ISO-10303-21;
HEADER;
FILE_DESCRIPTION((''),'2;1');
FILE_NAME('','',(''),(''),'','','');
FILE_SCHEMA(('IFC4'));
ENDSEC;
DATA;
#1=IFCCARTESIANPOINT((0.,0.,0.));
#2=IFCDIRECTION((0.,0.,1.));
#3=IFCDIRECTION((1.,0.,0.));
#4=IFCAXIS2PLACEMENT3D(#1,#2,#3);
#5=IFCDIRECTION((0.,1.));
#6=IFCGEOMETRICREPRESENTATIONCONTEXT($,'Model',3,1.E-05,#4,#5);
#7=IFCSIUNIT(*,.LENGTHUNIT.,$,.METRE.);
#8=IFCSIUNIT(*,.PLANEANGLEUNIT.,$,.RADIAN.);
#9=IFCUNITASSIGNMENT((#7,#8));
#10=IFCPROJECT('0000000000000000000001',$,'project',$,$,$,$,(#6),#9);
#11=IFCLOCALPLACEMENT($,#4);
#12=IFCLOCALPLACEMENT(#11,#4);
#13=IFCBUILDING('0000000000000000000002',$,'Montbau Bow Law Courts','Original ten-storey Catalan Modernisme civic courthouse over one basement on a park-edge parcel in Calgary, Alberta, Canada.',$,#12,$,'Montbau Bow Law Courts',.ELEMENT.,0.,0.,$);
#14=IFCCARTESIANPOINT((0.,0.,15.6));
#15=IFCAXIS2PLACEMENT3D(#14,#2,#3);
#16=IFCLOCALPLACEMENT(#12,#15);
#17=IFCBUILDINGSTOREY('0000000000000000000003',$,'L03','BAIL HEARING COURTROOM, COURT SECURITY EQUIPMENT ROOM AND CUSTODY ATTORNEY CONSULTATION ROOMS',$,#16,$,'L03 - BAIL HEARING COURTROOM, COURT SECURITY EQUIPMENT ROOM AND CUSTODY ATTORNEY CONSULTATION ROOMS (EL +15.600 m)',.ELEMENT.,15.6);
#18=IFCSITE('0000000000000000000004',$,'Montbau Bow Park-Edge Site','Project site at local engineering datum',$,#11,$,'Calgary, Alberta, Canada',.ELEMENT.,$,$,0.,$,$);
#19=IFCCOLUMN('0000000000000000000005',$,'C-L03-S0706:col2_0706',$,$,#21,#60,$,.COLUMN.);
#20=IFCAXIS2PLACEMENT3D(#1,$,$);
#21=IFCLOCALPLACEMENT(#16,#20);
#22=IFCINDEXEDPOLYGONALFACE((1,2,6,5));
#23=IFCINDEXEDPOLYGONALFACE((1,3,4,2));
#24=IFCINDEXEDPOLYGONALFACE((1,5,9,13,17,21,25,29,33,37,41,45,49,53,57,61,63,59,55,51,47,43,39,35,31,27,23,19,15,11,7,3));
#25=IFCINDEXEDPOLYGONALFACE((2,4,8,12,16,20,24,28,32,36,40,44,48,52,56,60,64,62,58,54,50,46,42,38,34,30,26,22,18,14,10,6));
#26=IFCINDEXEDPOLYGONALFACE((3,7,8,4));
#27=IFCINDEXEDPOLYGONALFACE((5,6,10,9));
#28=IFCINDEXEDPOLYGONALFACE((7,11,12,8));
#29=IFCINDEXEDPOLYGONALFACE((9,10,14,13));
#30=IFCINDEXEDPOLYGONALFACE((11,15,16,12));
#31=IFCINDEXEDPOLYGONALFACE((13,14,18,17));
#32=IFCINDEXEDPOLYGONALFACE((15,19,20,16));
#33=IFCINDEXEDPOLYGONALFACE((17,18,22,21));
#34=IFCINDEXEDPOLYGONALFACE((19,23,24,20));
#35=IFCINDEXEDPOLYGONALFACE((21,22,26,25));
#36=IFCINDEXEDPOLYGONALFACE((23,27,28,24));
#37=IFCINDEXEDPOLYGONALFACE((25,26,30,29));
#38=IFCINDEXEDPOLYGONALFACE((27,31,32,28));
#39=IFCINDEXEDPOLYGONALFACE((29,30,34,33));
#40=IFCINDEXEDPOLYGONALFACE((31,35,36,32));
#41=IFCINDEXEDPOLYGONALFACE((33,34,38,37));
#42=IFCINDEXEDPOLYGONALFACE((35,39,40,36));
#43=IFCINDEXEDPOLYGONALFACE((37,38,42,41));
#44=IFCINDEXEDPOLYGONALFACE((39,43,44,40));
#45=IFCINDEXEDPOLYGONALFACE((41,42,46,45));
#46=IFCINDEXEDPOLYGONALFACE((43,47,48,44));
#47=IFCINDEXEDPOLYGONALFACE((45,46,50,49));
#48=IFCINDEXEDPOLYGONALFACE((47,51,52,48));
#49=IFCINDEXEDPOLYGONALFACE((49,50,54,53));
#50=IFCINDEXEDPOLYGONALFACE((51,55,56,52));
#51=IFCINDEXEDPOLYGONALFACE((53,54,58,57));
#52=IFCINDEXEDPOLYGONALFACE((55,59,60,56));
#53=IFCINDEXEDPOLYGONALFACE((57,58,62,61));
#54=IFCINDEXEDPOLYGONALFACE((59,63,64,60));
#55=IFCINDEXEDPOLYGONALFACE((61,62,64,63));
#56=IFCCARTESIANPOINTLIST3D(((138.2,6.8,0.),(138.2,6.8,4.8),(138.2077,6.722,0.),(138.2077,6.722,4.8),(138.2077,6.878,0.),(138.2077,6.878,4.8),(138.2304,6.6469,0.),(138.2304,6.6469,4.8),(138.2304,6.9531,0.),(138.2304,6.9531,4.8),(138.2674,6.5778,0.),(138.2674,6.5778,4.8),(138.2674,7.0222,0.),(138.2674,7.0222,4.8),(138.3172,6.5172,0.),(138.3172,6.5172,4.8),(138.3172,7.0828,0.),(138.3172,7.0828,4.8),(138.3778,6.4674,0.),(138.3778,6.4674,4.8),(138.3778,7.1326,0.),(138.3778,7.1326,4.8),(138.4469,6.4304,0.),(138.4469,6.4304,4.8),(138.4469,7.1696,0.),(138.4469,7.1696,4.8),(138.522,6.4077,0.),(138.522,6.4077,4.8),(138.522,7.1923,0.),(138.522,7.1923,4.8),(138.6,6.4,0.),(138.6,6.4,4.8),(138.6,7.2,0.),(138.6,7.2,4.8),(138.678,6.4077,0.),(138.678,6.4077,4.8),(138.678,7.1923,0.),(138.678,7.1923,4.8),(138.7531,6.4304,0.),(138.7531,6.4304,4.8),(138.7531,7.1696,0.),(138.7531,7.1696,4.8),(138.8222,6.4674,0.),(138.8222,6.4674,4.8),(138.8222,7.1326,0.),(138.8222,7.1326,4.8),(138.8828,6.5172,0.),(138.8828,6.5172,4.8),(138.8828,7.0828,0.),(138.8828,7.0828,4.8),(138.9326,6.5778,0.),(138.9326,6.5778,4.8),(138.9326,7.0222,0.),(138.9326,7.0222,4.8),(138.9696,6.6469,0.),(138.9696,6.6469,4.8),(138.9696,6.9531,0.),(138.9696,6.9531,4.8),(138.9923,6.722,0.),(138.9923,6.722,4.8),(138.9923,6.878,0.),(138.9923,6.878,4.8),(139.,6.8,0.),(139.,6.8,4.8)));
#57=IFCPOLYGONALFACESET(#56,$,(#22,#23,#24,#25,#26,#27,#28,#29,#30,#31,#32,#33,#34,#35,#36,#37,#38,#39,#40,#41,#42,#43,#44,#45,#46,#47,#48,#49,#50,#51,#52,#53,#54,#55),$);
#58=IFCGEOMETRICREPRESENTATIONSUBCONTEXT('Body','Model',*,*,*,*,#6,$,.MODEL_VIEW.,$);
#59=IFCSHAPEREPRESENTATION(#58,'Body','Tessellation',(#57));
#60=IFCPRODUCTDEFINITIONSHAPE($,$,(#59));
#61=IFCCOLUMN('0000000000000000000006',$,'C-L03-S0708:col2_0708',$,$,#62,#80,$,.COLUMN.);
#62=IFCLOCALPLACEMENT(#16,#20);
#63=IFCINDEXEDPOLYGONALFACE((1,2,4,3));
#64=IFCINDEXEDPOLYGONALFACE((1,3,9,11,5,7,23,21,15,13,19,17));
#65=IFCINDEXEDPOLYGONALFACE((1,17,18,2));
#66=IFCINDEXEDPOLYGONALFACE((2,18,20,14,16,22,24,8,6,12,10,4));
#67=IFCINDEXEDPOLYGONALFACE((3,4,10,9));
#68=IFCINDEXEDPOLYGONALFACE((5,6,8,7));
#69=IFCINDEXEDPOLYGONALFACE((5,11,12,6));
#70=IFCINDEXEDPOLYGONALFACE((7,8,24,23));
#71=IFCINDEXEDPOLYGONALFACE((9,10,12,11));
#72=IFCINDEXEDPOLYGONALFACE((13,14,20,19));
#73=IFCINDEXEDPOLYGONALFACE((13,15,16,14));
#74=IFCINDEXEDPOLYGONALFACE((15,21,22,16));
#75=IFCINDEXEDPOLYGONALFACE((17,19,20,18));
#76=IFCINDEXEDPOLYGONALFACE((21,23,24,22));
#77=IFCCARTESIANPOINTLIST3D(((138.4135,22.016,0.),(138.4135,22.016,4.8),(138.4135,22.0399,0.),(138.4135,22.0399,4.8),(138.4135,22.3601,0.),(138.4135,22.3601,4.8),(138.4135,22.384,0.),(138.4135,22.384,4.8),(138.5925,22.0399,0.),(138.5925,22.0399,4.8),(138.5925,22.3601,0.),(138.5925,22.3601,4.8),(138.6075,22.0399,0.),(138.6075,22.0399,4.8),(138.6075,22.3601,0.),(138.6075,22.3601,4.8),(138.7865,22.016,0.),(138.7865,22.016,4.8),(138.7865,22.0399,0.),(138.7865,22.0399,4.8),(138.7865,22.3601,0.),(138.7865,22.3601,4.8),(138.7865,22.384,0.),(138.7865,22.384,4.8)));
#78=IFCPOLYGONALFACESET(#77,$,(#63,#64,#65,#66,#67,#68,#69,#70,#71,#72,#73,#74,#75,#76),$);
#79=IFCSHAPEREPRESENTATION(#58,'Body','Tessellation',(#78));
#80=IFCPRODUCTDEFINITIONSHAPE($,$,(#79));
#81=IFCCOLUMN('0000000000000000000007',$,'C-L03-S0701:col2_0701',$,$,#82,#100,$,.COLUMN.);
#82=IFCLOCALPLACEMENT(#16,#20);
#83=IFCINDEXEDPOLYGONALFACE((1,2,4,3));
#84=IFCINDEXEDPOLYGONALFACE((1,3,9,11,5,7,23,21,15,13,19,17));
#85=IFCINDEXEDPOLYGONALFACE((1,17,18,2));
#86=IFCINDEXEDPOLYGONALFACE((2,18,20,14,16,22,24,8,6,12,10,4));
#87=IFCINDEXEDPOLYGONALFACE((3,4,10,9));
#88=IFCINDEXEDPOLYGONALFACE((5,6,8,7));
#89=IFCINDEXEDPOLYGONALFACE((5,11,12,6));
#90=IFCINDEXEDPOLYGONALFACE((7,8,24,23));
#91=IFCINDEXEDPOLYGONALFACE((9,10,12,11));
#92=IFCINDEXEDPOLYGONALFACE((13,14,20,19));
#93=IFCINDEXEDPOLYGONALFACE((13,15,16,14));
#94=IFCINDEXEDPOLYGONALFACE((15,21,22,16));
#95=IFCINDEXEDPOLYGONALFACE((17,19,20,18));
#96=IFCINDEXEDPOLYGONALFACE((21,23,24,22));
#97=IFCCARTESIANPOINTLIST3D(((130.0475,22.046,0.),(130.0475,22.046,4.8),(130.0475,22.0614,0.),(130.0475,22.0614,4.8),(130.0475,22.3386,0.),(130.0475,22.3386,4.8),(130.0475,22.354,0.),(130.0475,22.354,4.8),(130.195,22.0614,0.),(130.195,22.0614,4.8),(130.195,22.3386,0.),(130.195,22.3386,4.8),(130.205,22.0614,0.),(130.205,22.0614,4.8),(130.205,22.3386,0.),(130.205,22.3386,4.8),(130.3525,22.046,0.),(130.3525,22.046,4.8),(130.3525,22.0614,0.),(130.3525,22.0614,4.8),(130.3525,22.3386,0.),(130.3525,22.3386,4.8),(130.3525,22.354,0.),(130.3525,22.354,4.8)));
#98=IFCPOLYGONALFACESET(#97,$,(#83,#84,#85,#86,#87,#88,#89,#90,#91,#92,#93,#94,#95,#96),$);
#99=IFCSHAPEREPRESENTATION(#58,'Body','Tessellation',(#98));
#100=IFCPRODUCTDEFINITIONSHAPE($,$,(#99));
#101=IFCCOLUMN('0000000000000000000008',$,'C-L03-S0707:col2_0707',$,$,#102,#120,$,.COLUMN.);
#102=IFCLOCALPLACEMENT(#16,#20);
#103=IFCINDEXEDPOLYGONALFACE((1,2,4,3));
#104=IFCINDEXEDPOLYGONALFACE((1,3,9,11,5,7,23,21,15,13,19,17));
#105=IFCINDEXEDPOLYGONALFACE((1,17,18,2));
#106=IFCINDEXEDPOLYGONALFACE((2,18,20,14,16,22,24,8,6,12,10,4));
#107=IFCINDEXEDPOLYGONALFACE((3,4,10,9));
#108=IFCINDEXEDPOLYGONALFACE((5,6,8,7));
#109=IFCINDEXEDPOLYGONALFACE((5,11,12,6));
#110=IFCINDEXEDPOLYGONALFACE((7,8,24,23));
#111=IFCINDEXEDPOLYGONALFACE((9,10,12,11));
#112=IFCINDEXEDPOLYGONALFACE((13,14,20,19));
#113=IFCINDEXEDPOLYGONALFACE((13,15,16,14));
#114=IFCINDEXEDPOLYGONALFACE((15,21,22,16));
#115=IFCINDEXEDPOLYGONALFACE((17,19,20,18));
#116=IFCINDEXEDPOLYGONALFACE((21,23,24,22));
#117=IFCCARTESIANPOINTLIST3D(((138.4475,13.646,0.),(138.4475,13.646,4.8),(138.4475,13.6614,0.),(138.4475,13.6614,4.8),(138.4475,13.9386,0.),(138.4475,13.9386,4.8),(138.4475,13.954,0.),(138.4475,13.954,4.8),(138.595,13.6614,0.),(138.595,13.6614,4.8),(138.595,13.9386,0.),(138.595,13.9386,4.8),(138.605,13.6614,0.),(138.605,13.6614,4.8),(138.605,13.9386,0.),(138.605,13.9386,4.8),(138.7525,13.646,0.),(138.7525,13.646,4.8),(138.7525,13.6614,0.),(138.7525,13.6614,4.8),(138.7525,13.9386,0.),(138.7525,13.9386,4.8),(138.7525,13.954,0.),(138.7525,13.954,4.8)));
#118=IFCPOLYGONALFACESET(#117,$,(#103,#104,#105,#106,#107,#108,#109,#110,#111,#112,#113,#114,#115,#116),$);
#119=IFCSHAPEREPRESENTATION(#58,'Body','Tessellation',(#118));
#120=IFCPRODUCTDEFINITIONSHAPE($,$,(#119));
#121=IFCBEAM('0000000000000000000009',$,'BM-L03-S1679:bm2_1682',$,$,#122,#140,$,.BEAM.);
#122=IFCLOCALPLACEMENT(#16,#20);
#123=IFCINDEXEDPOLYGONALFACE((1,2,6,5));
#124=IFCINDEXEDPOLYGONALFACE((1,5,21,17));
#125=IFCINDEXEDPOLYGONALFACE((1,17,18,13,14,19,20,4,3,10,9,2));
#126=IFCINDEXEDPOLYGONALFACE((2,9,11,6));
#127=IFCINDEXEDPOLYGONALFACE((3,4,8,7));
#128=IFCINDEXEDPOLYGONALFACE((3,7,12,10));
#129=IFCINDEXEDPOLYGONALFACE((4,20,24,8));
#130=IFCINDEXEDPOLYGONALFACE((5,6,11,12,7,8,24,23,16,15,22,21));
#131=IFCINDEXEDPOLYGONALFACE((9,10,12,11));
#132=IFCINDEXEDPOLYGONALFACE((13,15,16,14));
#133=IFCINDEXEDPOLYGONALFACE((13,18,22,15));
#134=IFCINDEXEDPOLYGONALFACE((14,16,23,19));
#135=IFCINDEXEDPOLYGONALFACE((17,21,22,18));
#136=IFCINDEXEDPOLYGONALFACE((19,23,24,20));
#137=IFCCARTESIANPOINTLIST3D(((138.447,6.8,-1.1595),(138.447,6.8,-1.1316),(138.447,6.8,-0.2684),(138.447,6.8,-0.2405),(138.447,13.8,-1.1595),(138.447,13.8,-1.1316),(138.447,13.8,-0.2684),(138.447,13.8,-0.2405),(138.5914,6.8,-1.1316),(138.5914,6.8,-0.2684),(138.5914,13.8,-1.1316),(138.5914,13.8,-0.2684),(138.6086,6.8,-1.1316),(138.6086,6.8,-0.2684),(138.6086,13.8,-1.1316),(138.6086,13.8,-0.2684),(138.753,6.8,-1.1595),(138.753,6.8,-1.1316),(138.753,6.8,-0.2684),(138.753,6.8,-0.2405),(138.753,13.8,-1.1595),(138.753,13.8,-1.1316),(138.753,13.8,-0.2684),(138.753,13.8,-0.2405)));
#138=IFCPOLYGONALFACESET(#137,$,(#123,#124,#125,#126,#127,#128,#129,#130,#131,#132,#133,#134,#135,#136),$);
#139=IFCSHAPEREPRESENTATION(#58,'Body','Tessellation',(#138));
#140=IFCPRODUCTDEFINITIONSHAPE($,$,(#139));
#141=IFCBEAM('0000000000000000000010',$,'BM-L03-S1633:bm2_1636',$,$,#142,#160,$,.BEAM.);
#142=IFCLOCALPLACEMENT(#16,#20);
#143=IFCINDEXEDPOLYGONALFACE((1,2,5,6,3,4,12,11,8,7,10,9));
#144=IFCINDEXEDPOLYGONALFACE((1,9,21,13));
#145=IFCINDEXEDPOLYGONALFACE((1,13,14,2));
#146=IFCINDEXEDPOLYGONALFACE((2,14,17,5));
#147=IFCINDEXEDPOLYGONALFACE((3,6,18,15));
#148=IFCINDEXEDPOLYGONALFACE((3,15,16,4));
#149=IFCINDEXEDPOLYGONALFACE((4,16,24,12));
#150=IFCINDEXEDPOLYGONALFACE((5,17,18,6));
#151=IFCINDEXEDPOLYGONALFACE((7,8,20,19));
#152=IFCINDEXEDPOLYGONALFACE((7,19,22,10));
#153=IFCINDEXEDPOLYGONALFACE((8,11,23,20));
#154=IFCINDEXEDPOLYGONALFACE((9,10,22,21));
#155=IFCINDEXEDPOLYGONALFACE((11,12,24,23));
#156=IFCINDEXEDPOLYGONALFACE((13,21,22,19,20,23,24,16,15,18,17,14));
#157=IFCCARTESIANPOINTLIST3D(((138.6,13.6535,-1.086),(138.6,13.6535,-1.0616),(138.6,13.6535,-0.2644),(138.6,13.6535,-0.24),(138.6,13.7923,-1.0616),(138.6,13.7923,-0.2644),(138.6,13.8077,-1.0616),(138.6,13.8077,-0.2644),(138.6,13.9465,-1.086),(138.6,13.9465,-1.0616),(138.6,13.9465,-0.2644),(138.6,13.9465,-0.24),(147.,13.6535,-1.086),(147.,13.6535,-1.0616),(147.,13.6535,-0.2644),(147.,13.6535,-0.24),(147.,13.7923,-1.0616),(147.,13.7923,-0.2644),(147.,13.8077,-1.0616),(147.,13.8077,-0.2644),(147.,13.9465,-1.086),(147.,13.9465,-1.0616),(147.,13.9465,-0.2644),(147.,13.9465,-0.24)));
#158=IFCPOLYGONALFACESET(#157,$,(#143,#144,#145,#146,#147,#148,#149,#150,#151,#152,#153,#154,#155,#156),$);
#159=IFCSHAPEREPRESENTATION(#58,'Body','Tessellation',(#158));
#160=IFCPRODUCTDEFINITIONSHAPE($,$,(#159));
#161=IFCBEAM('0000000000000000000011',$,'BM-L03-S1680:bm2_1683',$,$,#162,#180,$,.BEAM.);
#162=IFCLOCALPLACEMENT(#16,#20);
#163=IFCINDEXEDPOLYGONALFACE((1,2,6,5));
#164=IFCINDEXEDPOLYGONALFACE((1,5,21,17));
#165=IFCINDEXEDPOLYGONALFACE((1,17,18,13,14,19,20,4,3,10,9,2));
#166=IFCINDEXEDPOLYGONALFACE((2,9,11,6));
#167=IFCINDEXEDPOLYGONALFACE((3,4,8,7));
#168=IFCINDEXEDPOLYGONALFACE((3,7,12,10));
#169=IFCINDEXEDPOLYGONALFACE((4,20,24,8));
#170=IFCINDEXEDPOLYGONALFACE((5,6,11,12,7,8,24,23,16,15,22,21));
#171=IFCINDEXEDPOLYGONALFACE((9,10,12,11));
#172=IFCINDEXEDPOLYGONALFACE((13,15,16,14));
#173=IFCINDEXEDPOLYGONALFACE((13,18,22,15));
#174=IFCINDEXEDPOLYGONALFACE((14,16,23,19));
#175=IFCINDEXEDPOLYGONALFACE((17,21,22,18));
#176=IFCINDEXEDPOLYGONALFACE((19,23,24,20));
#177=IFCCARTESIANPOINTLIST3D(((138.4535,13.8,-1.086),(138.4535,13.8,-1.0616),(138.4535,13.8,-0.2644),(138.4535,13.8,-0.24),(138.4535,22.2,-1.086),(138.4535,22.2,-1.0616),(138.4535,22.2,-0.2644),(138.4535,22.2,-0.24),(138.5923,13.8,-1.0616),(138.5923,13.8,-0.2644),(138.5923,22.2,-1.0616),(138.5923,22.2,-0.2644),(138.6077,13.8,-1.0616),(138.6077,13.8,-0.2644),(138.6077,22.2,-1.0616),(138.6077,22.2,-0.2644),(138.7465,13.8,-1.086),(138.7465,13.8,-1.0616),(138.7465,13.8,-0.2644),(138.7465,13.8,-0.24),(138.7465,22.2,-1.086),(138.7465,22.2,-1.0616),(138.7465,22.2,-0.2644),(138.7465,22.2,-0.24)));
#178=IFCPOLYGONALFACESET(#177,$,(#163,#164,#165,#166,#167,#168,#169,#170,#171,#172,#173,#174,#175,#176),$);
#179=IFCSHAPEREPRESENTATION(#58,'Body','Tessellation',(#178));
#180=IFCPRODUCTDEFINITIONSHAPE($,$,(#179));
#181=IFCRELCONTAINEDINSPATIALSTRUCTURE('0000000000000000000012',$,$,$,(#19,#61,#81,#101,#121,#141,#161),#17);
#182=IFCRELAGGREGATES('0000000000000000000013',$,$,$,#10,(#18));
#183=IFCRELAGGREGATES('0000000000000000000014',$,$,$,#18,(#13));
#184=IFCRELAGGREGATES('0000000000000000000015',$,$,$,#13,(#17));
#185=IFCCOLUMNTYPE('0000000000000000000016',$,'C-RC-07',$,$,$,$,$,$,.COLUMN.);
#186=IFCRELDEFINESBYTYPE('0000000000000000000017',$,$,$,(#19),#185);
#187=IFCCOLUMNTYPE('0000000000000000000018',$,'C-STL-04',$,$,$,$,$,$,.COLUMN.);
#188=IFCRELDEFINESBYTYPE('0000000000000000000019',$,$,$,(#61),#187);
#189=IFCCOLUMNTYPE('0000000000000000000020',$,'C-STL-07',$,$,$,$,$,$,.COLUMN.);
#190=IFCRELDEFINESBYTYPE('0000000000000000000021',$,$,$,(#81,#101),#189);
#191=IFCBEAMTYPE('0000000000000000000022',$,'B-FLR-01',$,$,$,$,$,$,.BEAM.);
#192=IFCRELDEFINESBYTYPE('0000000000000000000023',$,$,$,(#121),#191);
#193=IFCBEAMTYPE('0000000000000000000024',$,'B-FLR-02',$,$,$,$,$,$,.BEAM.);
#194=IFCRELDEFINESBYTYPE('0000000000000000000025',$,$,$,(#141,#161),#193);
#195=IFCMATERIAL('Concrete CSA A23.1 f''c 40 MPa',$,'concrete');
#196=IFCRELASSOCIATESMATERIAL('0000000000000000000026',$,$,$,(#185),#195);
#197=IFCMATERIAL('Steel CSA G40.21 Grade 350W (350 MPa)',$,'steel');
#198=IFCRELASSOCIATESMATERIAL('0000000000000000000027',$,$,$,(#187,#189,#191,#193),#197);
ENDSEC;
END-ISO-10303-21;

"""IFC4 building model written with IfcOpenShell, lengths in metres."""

from ifc_helpers import new_model, si_unit, direction, frame, origin_with_axes, origin_2d_with_axis, place, context, subcontext, project, spatial, circle, i_section, extrude, material, material_profile, profile_set, type_object, element, save


model = new_model("IFC4")

# Units and contexts
model_context = context("Model", 3, precision=1e-05, world=origin_with_axes(), true_north=direction((0.0, 1.0)))
body_context = subcontext(model_context, "Body", "Model", "MODEL_VIEW")
ifc_project = project(units=[si_unit("LENGTHUNIT", "METRE"), si_unit("PLANEANGLEUNIT", "RADIAN")], contexts=[model_context])

# Site, building, storey
site_placement = place(None, origin_with_axes())
site = spatial("IfcSite", under=ifc_project, at=site_placement, Name="Montbau Bow Park-Edge Site", Description="Project site at local engineering datum", LongName="Calgary, Alberta, Canada", CompositionType="ELEMENT", RefElevation=0.0)
building_placement = place(site_placement, origin_with_axes())
building = spatial("IfcBuilding", under=site, at=building_placement, Name="Montbau Bow Law Courts", Description="Original ten-storey Catalan Modernisme civic courthouse over one basement on a park-edge parcel in Calgary, Alberta, Canada.", LongName="Montbau Bow Law Courts", CompositionType="ELEMENT", ElevationOfRefHeight=0.0, ElevationOfTerrain=0.0)
storey_placement = place(building_placement, frame((0.0, 0.0, 15.6), z_axis=(0.0, 0.0, 1.0), x_axis=(1.0, 0.0, 0.0)))
storey = spatial("IfcBuildingStorey", under=building, at=storey_placement, Name="L03", Description="BAIL HEARING COURTROOM, COURT SECURITY EQUIPMENT ROOM AND CUSTODY ATTORNEY CONSULTATION ROOMS", LongName="L03 - BAIL HEARING COURTROOM, COURT SECURITY EQUIPMENT ROOM AND CUSTODY ATTORNEY CONSULTATION ROOMS (EL +15.600 m)", CompositionType="ELEMENT", Elevation=15.6)

# Columns
ifc_material_1 = material(Name="Concrete CSA A23.1 f'c 40 MPa", Category="concrete")
ifc_material_profile_1 = material_profile(ifc_material_1, circle(Radius=0.4, at=origin_2d_with_axis()), Name="RC800D", Category="Main", Priority=0)
ifc_profile_set_1 = profile_set([ifc_material_profile_1], Name="Concrete CSA A23.1 f'c 40 MPa")
column_type_1 = type_object("IfcColumnType", Name="C-RC-07", PredefinedType="COLUMN", material=ifc_profile_set_1)
column_1_placement = place(None, frame((138.6, 6.8, 15.6), z_axis=(0.0, 0.0, 1.0), x_axis=(1.0, 0.0, 0.0)))
element("IfcColumn", 1, at=column_1_placement, inside=storey, type_object=column_type_1, Name="C-L03-S0706:col2_0706", PredefinedType="COLUMN", context=body_context, shape_type="SweptSolid", body=[
    extrude(circle(Radius=0.4, at=origin_2d_with_axis()), origin_with_axes(), (0.0, 0.0, 1.0), 4.8),
])
ifc_material_2 = material(Name="Steel CSA G40.21 Grade 350W (350 MPa)", Category="steel")
ifc_material_profile_2 = material_profile(ifc_material_2, i_section(OverallWidth=0.373, OverallDepth=0.368, WebThickness=0.015, FlangeThickness=0.0239, at=origin_2d_with_axis()), Name="W360X179", Category="Main", Priority=0)
ifc_profile_set_2 = profile_set([ifc_material_profile_2], Name="Steel CSA G40.21 Grade 350W (350 MPa)")
column_type_2 = type_object("IfcColumnType", Name="C-STL-04", PredefinedType="COLUMN", material=ifc_profile_set_2)
column_2_placement = place(None, frame((138.6, 22.2, 15.6), z_axis=(0.0, 0.0, 1.0), x_axis=(1.0, 0.0, 0.0)))
element("IfcColumn", 2, at=column_2_placement, inside=storey, type_object=column_type_2, Name="C-L03-S0708:col2_0708", PredefinedType="COLUMN", context=body_context, shape_type="SweptSolid", body=[
    extrude(i_section(OverallWidth=0.373, OverallDepth=0.368, WebThickness=0.015, FlangeThickness=0.0239, at=origin_2d_with_axis()), origin_with_axes(), (0.0, 0.0, 1.0), 4.8),
])
ifc_material_profile_3 = material_profile(ifc_material_2, i_section(OverallWidth=0.305, OverallDepth=0.308, WebThickness=0.0099, FlangeThickness=0.0154, at=origin_2d_with_axis()), Name="W310X97", Category="Main", Priority=0)
ifc_profile_set_3 = profile_set([ifc_material_profile_3], Name="Steel CSA G40.21 Grade 350W (350 MPa)")
column_type_3 = type_object("IfcColumnType", Name="C-STL-07", PredefinedType="COLUMN", material=ifc_profile_set_3)
for number, where, z_axis, x_axis, name in (
    (3, (130.2, 22.2, 15.6), (0.0, 0.0, 1.0), (1.0, 0.0, 0.0), "C-L03-S0701:col2_0701"),
    (4, (138.6, 13.8, 15.6), (0.0, 0.0, 1.0), (1.0, 0.0, 0.0), "C-L03-S0707:col2_0707"),
):
    element("IfcColumn", number, at=place(None, frame(where, z_axis=z_axis, x_axis=x_axis)), inside=storey, type_object=column_type_3, Name=name, PredefinedType="COLUMN", context=body_context, shape_type="SweptSolid", body=[
        extrude(i_section(OverallWidth=0.305, OverallDepth=0.308, WebThickness=0.0099, FlangeThickness=0.0154, at=origin_2d_with_axis()), origin_with_axes(), (0.0, 0.0, 1.0), 4.8),
    ])

# Beams
ifc_material_profile_4 = material_profile(ifc_material_2, i_section(OverallWidth=0.306, OverallDepth=0.919, WebThickness=0.0173, FlangeThickness=0.0279, at=origin_2d_with_axis()), Name="W920X253", Category="Main", Priority=0)
ifc_profile_set_4 = profile_set([ifc_material_profile_4], Name="Steel CSA G40.21 Grade 350W (350 MPa)")
beam_type_1 = type_object("IfcBeamType", Name="B-FLR-01", PredefinedType="BEAM", material=ifc_profile_set_4)
beam_1_placement = place(None, frame((138.6, 6.8, 14.9), z_axis=(0.0, 1.0, 0.0), x_axis=(-1.0, 0.0, 0.0)))
element("IfcBeam", 5, at=beam_1_placement, inside=storey, type_object=beam_type_1, Name="BM-L03-S1679:bm2_1682", PredefinedType="BEAM", context=body_context, shape_type="SweptSolid", body=[
    extrude(i_section(OverallWidth=0.306, OverallDepth=0.919, WebThickness=0.0173, FlangeThickness=0.0279, at=origin_2d_with_axis()), origin_with_axes(), (0.0, 0.0, 1.0), 7.0),
])
ifc_material_profile_5 = material_profile(ifc_material_2, i_section(OverallWidth=0.293, OverallDepth=0.846, WebThickness=0.0154, FlangeThickness=0.0244, at=origin_2d_with_axis()), Name="W840X210", Category="Main", Priority=0)
ifc_profile_set_5 = profile_set([ifc_material_profile_5], Name="Steel CSA G40.21 Grade 350W (350 MPa)")
beam_type_2 = type_object("IfcBeamType", Name="B-FLR-02", PredefinedType="BEAM", material=ifc_profile_set_5)
for number, where, z_axis, x_axis, name in (
    (6, (138.6, 13.8, 14.937), (1.0, 0.0, 0.0), (0.0, 1.0, 0.0), "BM-L03-S1633:bm2_1636"),
    (7, (138.6, 13.8, 14.937), (0.0, 1.0, 0.0), (-1.0, 0.0, 0.0), "BM-L03-S1680:bm2_1683"),
):
    element("IfcBeam", number, at=place(None, frame(where, z_axis=z_axis, x_axis=x_axis)), inside=storey, type_object=beam_type_2, Name=name, PredefinedType="BEAM", context=body_context, shape_type="SweptSolid", body=[
        extrude(i_section(OverallWidth=0.293, OverallDepth=0.846, WebThickness=0.0154, FlangeThickness=0.0244, at=origin_2d_with_axis()), origin_with_axes(), (0.0, 0.0, 1.0), 8.4),
    ])

save(model, "model.ifc")
